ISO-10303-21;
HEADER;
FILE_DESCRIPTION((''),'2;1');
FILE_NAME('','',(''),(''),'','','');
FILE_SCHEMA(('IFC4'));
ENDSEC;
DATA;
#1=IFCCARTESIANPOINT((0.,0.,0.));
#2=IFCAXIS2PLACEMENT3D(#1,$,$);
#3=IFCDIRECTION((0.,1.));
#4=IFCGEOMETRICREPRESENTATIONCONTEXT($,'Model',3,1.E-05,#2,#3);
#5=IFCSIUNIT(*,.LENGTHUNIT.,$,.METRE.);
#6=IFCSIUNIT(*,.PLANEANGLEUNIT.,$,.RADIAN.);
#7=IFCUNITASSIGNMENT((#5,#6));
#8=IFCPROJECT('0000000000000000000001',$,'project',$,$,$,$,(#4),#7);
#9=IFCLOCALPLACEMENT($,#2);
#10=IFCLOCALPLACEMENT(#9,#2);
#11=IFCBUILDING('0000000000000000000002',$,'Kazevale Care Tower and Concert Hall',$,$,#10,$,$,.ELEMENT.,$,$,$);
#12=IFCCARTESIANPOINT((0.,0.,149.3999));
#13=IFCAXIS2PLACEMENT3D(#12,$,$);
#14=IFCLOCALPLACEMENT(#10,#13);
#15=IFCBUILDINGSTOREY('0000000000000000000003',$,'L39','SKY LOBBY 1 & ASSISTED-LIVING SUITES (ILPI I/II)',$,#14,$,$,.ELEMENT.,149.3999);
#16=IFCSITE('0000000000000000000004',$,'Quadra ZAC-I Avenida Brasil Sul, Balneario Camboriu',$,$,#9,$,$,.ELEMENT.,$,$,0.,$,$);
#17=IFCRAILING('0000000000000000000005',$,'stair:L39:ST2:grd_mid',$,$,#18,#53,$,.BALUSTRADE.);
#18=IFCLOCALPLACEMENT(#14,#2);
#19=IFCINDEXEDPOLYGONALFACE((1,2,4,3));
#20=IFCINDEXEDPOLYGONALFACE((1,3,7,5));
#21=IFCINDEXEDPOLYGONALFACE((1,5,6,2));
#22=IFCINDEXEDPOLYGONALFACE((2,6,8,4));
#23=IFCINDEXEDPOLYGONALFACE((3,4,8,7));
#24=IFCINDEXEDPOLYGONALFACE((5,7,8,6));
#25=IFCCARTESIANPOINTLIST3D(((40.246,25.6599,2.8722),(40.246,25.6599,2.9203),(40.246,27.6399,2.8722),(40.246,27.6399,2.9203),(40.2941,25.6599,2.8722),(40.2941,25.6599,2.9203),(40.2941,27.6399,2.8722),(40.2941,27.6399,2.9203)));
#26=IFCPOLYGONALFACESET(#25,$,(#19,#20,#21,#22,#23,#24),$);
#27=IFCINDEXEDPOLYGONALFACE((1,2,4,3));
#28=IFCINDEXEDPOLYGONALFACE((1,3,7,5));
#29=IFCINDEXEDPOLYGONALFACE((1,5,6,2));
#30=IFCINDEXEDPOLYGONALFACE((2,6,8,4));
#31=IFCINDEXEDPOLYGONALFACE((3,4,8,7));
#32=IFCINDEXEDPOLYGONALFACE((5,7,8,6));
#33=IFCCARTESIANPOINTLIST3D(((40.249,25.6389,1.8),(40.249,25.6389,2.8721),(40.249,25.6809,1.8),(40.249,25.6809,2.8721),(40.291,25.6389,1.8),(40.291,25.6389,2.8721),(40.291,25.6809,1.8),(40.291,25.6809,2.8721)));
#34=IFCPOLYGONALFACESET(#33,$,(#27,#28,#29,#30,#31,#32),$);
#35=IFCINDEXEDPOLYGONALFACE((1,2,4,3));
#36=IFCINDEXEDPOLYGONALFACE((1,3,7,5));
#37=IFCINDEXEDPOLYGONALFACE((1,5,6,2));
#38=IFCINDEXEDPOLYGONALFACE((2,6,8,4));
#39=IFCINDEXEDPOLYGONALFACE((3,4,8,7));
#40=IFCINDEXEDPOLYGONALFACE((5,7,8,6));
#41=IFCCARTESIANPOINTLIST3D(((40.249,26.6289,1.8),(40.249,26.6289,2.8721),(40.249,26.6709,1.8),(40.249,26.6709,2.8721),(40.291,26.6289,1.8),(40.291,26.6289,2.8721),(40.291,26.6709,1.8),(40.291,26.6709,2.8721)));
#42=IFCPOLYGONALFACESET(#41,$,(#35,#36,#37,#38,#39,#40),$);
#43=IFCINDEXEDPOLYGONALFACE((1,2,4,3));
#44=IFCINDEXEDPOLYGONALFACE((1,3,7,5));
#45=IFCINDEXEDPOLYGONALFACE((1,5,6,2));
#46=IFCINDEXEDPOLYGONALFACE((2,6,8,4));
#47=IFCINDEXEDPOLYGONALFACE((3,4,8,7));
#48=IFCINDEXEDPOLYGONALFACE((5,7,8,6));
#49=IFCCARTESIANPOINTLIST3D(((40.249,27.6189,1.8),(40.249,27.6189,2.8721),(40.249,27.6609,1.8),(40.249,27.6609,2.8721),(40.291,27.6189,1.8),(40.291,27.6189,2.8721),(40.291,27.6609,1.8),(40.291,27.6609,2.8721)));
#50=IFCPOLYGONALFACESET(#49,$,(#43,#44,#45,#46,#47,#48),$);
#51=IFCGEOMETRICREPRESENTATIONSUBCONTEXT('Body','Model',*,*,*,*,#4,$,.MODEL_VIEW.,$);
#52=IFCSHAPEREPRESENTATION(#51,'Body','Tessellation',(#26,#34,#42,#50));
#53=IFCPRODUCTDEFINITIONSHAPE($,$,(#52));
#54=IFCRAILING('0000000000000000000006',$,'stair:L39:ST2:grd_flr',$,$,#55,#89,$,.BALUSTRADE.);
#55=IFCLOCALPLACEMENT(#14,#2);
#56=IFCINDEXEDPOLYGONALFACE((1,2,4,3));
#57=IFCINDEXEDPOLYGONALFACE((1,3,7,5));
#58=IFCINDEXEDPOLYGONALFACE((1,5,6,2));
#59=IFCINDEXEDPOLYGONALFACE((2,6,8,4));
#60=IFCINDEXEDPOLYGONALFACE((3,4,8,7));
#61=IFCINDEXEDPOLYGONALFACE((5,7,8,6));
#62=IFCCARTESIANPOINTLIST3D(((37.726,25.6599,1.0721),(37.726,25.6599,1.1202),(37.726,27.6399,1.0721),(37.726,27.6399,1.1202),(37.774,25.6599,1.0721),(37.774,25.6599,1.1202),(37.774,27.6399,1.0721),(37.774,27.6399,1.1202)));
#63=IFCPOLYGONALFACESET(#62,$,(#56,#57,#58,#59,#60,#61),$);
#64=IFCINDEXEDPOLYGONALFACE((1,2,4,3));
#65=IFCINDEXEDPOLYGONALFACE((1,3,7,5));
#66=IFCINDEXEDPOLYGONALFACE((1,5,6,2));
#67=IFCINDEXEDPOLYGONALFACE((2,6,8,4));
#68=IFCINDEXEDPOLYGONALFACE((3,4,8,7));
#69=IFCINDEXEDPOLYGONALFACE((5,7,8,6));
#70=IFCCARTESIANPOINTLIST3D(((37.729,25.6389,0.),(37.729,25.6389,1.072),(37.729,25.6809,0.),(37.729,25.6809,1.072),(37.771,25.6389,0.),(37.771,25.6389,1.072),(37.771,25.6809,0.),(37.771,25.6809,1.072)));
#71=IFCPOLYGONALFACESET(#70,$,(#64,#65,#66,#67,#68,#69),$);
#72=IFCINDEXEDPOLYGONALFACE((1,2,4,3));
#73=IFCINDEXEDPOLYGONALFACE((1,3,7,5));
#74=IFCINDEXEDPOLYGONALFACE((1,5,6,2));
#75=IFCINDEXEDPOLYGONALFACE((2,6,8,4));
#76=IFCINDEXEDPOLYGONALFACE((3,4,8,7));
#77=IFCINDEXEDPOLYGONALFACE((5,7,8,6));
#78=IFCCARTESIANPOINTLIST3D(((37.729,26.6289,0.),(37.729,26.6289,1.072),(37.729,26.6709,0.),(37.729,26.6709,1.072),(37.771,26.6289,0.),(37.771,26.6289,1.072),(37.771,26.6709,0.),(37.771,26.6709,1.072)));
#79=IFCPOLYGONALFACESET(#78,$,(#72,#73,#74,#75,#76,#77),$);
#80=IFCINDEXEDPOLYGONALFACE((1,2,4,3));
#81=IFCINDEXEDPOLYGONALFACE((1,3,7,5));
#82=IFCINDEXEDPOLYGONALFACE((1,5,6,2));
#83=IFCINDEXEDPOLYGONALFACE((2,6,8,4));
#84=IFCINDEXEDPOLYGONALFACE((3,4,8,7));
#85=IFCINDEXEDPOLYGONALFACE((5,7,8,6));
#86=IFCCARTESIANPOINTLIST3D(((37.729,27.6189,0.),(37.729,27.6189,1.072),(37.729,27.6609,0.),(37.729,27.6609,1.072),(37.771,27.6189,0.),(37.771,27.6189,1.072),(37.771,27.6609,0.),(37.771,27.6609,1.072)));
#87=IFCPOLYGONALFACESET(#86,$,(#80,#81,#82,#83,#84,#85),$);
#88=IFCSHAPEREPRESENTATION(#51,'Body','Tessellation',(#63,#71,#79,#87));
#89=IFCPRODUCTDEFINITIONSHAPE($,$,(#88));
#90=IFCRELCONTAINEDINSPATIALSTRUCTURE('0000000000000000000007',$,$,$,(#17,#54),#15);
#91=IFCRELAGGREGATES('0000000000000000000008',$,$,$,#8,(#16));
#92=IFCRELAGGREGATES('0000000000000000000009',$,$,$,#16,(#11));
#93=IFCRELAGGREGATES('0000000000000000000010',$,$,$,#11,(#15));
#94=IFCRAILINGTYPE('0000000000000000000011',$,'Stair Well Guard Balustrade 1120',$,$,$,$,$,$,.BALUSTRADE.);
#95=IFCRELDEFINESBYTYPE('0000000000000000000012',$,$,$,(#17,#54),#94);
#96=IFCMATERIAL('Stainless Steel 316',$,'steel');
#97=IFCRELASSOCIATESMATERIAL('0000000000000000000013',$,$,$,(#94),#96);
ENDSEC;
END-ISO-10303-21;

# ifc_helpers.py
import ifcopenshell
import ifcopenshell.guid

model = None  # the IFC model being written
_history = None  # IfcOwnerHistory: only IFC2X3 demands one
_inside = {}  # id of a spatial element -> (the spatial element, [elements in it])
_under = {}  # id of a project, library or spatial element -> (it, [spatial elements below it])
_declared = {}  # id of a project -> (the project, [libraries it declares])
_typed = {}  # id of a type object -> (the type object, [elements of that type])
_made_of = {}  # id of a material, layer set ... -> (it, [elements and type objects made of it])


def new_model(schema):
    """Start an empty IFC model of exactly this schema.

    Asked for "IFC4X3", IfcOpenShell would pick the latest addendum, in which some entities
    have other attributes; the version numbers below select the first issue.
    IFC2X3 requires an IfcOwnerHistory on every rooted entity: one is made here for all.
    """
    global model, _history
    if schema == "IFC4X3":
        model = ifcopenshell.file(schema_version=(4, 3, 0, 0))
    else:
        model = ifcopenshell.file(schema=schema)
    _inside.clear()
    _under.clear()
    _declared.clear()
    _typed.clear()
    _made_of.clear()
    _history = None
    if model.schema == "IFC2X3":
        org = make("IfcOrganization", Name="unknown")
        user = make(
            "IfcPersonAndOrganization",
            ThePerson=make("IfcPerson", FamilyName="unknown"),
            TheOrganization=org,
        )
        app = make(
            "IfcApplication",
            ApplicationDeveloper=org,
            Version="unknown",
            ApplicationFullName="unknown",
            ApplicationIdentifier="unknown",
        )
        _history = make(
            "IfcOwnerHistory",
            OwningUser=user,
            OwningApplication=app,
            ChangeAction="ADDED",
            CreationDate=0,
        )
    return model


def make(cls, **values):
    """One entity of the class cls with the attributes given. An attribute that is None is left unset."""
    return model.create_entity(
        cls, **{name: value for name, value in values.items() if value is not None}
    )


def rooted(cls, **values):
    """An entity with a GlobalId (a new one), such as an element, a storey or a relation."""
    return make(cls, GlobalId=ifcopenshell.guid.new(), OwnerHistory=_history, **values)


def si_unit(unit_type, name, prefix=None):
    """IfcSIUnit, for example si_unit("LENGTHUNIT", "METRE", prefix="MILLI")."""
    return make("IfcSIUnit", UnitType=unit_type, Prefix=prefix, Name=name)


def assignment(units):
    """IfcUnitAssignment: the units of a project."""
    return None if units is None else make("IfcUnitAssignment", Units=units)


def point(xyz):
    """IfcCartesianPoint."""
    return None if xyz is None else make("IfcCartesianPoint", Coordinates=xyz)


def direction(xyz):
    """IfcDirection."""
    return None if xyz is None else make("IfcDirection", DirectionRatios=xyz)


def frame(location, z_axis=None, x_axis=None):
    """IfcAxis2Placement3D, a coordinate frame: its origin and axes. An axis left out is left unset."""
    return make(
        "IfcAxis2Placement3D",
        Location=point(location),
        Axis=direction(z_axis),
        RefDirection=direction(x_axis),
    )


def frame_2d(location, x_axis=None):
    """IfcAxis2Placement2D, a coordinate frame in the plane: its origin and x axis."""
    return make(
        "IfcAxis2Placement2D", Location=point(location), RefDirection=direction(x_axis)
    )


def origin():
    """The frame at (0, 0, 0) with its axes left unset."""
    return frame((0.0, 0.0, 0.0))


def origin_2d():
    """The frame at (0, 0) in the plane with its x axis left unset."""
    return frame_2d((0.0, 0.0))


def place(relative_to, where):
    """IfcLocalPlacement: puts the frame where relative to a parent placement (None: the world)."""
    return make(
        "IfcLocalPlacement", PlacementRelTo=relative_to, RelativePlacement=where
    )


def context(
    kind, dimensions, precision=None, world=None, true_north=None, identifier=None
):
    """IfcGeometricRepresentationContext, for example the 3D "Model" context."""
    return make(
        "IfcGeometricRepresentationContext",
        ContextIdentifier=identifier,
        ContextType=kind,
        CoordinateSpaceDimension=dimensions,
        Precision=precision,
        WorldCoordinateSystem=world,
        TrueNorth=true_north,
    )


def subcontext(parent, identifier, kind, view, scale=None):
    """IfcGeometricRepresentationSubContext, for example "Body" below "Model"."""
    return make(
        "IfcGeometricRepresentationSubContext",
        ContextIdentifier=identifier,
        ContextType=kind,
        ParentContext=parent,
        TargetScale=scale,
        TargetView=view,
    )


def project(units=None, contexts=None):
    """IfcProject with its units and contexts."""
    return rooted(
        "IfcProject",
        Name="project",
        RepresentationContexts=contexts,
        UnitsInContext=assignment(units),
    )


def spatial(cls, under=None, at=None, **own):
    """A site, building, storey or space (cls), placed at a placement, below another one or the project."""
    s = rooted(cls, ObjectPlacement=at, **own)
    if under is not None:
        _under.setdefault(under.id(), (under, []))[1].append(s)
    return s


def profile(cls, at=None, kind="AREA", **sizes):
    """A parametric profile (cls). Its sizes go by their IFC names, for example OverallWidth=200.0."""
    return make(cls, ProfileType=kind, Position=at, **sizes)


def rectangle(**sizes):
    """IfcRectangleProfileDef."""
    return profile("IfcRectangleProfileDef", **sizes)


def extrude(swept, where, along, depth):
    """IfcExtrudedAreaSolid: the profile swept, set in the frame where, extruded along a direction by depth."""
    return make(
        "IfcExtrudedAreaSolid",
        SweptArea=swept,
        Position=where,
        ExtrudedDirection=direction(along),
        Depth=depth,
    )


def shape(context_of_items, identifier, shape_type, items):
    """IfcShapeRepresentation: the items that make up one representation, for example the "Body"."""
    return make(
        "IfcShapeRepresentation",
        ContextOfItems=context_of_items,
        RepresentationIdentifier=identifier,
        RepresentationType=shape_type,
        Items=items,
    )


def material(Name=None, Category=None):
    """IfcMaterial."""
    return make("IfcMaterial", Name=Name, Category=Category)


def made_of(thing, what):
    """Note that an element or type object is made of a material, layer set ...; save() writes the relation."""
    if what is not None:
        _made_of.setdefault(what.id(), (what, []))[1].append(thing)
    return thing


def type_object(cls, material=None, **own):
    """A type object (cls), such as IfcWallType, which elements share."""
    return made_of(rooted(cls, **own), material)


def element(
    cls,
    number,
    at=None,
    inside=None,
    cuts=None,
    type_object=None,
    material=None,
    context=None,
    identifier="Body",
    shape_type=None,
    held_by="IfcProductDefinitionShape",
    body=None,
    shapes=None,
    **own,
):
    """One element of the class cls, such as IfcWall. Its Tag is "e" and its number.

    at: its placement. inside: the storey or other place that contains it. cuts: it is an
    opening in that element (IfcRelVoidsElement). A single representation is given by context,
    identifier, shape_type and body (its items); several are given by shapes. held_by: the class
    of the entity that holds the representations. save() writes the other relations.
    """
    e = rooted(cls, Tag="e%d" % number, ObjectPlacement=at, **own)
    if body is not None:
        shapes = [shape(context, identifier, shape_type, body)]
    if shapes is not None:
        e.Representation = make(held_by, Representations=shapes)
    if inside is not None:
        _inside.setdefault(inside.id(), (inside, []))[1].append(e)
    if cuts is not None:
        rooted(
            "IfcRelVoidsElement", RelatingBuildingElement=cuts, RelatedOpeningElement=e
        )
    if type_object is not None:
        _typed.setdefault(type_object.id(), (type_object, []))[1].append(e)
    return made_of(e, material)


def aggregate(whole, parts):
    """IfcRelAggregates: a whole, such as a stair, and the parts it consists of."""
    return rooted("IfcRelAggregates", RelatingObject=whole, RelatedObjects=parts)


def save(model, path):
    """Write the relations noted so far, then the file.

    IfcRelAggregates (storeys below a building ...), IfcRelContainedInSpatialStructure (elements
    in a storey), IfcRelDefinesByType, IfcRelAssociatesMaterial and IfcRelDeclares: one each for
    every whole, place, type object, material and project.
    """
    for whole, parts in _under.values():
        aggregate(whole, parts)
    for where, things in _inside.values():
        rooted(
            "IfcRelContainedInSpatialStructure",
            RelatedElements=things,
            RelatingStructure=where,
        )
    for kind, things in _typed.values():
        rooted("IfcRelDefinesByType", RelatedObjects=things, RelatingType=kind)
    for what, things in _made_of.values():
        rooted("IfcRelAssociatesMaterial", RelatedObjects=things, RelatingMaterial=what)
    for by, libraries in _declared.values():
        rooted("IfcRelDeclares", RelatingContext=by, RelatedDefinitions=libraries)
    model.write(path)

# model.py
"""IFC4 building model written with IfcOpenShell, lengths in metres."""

from ifc_helpers import new_model, si_unit, direction, frame, origin, origin_2d, place, context, subcontext, project, spatial, rectangle, extrude, material, type_object, element, save


model = new_model("IFC4")

# Units and contexts
model_context = context("Model", 3, precision=1e-05, world=origin(), true_north=direction((0.0, 1.0)))
body_context = subcontext(model_context, "Body", "Model", "MODEL_VIEW")
ifc_project = project(units=[si_unit("LENGTHUNIT", "METRE"), si_unit("PLANEANGLEUNIT", "RADIAN")], contexts=[model_context])

# Site, building, storey
site_placement = place(None, origin())
site = spatial("IfcSite", under=ifc_project, at=site_placement, Name="Quadra ZAC-I Avenida Brasil Sul, Balneario Camboriu", CompositionType="ELEMENT", RefElevation=0.0)
building_placement = place(site_placement, origin())
building = spatial("IfcBuilding", under=site, at=building_placement, Name="Kazevale Care Tower and Concert Hall", CompositionType="ELEMENT")
storey_placement = place(building_placement, frame((0.0, 0.0, 149.3999)))
storey = spatial("IfcBuildingStorey", under=building, at=storey_placement, Name="L39", Description="SKY LOBBY 1 & ASSISTED-LIVING SUITES (ILPI I/II)", CompositionType="ELEMENT", Elevation=149.3999)

# Railings
ifc_material_1 = material(Name="Stainless Steel 316", Category="steel")
railing_type_1 = type_object("IfcRailingType", Name="Stair Well Guard Balustrade 1120", PredefinedType="BALUSTRADE", material=ifc_material_1)
for number, where, name in (
    (1, (40.27, 25.6599, 1.8), "stair:L39:ST2:grd_mid"),
    (2, (37.75, 25.6599, 0.0), "stair:L39:ST2:grd_flr"),
):
    element("IfcRailing", number, at=place(storey_placement, frame(where)), inside=storey, type_object=railing_type_1, Name=name, PredefinedType="BALUSTRADE", context=body_context, shape_type="SweptSolid", body=[
        extrude(rectangle(XDim=0.0481, YDim=0.0481, at=origin_2d()), frame((0.0, 0.0, 1.0962), z_axis=(0.0, 1.0, 0.0), x_axis=(-1.0, 0.0, 0.0)), (0.0, 0.0, 1.0), 1.98),
        extrude(rectangle(XDim=0.042, YDim=0.042, at=origin_2d()), origin(), (0.0, 0.0, 1.0), 1.072),
        extrude(rectangle(XDim=0.042, YDim=0.042, at=origin_2d()), frame((0.0, 0.99, 0.0)), (0.0, 0.0, 1.0), 1.072),
        extrude(rectangle(XDim=0.042, YDim=0.042, at=origin_2d()), frame((0.0, 1.98, 0.0)), (0.0, 0.0, 1.0), 1.072),
    ])

save(model, "model.ifc")
